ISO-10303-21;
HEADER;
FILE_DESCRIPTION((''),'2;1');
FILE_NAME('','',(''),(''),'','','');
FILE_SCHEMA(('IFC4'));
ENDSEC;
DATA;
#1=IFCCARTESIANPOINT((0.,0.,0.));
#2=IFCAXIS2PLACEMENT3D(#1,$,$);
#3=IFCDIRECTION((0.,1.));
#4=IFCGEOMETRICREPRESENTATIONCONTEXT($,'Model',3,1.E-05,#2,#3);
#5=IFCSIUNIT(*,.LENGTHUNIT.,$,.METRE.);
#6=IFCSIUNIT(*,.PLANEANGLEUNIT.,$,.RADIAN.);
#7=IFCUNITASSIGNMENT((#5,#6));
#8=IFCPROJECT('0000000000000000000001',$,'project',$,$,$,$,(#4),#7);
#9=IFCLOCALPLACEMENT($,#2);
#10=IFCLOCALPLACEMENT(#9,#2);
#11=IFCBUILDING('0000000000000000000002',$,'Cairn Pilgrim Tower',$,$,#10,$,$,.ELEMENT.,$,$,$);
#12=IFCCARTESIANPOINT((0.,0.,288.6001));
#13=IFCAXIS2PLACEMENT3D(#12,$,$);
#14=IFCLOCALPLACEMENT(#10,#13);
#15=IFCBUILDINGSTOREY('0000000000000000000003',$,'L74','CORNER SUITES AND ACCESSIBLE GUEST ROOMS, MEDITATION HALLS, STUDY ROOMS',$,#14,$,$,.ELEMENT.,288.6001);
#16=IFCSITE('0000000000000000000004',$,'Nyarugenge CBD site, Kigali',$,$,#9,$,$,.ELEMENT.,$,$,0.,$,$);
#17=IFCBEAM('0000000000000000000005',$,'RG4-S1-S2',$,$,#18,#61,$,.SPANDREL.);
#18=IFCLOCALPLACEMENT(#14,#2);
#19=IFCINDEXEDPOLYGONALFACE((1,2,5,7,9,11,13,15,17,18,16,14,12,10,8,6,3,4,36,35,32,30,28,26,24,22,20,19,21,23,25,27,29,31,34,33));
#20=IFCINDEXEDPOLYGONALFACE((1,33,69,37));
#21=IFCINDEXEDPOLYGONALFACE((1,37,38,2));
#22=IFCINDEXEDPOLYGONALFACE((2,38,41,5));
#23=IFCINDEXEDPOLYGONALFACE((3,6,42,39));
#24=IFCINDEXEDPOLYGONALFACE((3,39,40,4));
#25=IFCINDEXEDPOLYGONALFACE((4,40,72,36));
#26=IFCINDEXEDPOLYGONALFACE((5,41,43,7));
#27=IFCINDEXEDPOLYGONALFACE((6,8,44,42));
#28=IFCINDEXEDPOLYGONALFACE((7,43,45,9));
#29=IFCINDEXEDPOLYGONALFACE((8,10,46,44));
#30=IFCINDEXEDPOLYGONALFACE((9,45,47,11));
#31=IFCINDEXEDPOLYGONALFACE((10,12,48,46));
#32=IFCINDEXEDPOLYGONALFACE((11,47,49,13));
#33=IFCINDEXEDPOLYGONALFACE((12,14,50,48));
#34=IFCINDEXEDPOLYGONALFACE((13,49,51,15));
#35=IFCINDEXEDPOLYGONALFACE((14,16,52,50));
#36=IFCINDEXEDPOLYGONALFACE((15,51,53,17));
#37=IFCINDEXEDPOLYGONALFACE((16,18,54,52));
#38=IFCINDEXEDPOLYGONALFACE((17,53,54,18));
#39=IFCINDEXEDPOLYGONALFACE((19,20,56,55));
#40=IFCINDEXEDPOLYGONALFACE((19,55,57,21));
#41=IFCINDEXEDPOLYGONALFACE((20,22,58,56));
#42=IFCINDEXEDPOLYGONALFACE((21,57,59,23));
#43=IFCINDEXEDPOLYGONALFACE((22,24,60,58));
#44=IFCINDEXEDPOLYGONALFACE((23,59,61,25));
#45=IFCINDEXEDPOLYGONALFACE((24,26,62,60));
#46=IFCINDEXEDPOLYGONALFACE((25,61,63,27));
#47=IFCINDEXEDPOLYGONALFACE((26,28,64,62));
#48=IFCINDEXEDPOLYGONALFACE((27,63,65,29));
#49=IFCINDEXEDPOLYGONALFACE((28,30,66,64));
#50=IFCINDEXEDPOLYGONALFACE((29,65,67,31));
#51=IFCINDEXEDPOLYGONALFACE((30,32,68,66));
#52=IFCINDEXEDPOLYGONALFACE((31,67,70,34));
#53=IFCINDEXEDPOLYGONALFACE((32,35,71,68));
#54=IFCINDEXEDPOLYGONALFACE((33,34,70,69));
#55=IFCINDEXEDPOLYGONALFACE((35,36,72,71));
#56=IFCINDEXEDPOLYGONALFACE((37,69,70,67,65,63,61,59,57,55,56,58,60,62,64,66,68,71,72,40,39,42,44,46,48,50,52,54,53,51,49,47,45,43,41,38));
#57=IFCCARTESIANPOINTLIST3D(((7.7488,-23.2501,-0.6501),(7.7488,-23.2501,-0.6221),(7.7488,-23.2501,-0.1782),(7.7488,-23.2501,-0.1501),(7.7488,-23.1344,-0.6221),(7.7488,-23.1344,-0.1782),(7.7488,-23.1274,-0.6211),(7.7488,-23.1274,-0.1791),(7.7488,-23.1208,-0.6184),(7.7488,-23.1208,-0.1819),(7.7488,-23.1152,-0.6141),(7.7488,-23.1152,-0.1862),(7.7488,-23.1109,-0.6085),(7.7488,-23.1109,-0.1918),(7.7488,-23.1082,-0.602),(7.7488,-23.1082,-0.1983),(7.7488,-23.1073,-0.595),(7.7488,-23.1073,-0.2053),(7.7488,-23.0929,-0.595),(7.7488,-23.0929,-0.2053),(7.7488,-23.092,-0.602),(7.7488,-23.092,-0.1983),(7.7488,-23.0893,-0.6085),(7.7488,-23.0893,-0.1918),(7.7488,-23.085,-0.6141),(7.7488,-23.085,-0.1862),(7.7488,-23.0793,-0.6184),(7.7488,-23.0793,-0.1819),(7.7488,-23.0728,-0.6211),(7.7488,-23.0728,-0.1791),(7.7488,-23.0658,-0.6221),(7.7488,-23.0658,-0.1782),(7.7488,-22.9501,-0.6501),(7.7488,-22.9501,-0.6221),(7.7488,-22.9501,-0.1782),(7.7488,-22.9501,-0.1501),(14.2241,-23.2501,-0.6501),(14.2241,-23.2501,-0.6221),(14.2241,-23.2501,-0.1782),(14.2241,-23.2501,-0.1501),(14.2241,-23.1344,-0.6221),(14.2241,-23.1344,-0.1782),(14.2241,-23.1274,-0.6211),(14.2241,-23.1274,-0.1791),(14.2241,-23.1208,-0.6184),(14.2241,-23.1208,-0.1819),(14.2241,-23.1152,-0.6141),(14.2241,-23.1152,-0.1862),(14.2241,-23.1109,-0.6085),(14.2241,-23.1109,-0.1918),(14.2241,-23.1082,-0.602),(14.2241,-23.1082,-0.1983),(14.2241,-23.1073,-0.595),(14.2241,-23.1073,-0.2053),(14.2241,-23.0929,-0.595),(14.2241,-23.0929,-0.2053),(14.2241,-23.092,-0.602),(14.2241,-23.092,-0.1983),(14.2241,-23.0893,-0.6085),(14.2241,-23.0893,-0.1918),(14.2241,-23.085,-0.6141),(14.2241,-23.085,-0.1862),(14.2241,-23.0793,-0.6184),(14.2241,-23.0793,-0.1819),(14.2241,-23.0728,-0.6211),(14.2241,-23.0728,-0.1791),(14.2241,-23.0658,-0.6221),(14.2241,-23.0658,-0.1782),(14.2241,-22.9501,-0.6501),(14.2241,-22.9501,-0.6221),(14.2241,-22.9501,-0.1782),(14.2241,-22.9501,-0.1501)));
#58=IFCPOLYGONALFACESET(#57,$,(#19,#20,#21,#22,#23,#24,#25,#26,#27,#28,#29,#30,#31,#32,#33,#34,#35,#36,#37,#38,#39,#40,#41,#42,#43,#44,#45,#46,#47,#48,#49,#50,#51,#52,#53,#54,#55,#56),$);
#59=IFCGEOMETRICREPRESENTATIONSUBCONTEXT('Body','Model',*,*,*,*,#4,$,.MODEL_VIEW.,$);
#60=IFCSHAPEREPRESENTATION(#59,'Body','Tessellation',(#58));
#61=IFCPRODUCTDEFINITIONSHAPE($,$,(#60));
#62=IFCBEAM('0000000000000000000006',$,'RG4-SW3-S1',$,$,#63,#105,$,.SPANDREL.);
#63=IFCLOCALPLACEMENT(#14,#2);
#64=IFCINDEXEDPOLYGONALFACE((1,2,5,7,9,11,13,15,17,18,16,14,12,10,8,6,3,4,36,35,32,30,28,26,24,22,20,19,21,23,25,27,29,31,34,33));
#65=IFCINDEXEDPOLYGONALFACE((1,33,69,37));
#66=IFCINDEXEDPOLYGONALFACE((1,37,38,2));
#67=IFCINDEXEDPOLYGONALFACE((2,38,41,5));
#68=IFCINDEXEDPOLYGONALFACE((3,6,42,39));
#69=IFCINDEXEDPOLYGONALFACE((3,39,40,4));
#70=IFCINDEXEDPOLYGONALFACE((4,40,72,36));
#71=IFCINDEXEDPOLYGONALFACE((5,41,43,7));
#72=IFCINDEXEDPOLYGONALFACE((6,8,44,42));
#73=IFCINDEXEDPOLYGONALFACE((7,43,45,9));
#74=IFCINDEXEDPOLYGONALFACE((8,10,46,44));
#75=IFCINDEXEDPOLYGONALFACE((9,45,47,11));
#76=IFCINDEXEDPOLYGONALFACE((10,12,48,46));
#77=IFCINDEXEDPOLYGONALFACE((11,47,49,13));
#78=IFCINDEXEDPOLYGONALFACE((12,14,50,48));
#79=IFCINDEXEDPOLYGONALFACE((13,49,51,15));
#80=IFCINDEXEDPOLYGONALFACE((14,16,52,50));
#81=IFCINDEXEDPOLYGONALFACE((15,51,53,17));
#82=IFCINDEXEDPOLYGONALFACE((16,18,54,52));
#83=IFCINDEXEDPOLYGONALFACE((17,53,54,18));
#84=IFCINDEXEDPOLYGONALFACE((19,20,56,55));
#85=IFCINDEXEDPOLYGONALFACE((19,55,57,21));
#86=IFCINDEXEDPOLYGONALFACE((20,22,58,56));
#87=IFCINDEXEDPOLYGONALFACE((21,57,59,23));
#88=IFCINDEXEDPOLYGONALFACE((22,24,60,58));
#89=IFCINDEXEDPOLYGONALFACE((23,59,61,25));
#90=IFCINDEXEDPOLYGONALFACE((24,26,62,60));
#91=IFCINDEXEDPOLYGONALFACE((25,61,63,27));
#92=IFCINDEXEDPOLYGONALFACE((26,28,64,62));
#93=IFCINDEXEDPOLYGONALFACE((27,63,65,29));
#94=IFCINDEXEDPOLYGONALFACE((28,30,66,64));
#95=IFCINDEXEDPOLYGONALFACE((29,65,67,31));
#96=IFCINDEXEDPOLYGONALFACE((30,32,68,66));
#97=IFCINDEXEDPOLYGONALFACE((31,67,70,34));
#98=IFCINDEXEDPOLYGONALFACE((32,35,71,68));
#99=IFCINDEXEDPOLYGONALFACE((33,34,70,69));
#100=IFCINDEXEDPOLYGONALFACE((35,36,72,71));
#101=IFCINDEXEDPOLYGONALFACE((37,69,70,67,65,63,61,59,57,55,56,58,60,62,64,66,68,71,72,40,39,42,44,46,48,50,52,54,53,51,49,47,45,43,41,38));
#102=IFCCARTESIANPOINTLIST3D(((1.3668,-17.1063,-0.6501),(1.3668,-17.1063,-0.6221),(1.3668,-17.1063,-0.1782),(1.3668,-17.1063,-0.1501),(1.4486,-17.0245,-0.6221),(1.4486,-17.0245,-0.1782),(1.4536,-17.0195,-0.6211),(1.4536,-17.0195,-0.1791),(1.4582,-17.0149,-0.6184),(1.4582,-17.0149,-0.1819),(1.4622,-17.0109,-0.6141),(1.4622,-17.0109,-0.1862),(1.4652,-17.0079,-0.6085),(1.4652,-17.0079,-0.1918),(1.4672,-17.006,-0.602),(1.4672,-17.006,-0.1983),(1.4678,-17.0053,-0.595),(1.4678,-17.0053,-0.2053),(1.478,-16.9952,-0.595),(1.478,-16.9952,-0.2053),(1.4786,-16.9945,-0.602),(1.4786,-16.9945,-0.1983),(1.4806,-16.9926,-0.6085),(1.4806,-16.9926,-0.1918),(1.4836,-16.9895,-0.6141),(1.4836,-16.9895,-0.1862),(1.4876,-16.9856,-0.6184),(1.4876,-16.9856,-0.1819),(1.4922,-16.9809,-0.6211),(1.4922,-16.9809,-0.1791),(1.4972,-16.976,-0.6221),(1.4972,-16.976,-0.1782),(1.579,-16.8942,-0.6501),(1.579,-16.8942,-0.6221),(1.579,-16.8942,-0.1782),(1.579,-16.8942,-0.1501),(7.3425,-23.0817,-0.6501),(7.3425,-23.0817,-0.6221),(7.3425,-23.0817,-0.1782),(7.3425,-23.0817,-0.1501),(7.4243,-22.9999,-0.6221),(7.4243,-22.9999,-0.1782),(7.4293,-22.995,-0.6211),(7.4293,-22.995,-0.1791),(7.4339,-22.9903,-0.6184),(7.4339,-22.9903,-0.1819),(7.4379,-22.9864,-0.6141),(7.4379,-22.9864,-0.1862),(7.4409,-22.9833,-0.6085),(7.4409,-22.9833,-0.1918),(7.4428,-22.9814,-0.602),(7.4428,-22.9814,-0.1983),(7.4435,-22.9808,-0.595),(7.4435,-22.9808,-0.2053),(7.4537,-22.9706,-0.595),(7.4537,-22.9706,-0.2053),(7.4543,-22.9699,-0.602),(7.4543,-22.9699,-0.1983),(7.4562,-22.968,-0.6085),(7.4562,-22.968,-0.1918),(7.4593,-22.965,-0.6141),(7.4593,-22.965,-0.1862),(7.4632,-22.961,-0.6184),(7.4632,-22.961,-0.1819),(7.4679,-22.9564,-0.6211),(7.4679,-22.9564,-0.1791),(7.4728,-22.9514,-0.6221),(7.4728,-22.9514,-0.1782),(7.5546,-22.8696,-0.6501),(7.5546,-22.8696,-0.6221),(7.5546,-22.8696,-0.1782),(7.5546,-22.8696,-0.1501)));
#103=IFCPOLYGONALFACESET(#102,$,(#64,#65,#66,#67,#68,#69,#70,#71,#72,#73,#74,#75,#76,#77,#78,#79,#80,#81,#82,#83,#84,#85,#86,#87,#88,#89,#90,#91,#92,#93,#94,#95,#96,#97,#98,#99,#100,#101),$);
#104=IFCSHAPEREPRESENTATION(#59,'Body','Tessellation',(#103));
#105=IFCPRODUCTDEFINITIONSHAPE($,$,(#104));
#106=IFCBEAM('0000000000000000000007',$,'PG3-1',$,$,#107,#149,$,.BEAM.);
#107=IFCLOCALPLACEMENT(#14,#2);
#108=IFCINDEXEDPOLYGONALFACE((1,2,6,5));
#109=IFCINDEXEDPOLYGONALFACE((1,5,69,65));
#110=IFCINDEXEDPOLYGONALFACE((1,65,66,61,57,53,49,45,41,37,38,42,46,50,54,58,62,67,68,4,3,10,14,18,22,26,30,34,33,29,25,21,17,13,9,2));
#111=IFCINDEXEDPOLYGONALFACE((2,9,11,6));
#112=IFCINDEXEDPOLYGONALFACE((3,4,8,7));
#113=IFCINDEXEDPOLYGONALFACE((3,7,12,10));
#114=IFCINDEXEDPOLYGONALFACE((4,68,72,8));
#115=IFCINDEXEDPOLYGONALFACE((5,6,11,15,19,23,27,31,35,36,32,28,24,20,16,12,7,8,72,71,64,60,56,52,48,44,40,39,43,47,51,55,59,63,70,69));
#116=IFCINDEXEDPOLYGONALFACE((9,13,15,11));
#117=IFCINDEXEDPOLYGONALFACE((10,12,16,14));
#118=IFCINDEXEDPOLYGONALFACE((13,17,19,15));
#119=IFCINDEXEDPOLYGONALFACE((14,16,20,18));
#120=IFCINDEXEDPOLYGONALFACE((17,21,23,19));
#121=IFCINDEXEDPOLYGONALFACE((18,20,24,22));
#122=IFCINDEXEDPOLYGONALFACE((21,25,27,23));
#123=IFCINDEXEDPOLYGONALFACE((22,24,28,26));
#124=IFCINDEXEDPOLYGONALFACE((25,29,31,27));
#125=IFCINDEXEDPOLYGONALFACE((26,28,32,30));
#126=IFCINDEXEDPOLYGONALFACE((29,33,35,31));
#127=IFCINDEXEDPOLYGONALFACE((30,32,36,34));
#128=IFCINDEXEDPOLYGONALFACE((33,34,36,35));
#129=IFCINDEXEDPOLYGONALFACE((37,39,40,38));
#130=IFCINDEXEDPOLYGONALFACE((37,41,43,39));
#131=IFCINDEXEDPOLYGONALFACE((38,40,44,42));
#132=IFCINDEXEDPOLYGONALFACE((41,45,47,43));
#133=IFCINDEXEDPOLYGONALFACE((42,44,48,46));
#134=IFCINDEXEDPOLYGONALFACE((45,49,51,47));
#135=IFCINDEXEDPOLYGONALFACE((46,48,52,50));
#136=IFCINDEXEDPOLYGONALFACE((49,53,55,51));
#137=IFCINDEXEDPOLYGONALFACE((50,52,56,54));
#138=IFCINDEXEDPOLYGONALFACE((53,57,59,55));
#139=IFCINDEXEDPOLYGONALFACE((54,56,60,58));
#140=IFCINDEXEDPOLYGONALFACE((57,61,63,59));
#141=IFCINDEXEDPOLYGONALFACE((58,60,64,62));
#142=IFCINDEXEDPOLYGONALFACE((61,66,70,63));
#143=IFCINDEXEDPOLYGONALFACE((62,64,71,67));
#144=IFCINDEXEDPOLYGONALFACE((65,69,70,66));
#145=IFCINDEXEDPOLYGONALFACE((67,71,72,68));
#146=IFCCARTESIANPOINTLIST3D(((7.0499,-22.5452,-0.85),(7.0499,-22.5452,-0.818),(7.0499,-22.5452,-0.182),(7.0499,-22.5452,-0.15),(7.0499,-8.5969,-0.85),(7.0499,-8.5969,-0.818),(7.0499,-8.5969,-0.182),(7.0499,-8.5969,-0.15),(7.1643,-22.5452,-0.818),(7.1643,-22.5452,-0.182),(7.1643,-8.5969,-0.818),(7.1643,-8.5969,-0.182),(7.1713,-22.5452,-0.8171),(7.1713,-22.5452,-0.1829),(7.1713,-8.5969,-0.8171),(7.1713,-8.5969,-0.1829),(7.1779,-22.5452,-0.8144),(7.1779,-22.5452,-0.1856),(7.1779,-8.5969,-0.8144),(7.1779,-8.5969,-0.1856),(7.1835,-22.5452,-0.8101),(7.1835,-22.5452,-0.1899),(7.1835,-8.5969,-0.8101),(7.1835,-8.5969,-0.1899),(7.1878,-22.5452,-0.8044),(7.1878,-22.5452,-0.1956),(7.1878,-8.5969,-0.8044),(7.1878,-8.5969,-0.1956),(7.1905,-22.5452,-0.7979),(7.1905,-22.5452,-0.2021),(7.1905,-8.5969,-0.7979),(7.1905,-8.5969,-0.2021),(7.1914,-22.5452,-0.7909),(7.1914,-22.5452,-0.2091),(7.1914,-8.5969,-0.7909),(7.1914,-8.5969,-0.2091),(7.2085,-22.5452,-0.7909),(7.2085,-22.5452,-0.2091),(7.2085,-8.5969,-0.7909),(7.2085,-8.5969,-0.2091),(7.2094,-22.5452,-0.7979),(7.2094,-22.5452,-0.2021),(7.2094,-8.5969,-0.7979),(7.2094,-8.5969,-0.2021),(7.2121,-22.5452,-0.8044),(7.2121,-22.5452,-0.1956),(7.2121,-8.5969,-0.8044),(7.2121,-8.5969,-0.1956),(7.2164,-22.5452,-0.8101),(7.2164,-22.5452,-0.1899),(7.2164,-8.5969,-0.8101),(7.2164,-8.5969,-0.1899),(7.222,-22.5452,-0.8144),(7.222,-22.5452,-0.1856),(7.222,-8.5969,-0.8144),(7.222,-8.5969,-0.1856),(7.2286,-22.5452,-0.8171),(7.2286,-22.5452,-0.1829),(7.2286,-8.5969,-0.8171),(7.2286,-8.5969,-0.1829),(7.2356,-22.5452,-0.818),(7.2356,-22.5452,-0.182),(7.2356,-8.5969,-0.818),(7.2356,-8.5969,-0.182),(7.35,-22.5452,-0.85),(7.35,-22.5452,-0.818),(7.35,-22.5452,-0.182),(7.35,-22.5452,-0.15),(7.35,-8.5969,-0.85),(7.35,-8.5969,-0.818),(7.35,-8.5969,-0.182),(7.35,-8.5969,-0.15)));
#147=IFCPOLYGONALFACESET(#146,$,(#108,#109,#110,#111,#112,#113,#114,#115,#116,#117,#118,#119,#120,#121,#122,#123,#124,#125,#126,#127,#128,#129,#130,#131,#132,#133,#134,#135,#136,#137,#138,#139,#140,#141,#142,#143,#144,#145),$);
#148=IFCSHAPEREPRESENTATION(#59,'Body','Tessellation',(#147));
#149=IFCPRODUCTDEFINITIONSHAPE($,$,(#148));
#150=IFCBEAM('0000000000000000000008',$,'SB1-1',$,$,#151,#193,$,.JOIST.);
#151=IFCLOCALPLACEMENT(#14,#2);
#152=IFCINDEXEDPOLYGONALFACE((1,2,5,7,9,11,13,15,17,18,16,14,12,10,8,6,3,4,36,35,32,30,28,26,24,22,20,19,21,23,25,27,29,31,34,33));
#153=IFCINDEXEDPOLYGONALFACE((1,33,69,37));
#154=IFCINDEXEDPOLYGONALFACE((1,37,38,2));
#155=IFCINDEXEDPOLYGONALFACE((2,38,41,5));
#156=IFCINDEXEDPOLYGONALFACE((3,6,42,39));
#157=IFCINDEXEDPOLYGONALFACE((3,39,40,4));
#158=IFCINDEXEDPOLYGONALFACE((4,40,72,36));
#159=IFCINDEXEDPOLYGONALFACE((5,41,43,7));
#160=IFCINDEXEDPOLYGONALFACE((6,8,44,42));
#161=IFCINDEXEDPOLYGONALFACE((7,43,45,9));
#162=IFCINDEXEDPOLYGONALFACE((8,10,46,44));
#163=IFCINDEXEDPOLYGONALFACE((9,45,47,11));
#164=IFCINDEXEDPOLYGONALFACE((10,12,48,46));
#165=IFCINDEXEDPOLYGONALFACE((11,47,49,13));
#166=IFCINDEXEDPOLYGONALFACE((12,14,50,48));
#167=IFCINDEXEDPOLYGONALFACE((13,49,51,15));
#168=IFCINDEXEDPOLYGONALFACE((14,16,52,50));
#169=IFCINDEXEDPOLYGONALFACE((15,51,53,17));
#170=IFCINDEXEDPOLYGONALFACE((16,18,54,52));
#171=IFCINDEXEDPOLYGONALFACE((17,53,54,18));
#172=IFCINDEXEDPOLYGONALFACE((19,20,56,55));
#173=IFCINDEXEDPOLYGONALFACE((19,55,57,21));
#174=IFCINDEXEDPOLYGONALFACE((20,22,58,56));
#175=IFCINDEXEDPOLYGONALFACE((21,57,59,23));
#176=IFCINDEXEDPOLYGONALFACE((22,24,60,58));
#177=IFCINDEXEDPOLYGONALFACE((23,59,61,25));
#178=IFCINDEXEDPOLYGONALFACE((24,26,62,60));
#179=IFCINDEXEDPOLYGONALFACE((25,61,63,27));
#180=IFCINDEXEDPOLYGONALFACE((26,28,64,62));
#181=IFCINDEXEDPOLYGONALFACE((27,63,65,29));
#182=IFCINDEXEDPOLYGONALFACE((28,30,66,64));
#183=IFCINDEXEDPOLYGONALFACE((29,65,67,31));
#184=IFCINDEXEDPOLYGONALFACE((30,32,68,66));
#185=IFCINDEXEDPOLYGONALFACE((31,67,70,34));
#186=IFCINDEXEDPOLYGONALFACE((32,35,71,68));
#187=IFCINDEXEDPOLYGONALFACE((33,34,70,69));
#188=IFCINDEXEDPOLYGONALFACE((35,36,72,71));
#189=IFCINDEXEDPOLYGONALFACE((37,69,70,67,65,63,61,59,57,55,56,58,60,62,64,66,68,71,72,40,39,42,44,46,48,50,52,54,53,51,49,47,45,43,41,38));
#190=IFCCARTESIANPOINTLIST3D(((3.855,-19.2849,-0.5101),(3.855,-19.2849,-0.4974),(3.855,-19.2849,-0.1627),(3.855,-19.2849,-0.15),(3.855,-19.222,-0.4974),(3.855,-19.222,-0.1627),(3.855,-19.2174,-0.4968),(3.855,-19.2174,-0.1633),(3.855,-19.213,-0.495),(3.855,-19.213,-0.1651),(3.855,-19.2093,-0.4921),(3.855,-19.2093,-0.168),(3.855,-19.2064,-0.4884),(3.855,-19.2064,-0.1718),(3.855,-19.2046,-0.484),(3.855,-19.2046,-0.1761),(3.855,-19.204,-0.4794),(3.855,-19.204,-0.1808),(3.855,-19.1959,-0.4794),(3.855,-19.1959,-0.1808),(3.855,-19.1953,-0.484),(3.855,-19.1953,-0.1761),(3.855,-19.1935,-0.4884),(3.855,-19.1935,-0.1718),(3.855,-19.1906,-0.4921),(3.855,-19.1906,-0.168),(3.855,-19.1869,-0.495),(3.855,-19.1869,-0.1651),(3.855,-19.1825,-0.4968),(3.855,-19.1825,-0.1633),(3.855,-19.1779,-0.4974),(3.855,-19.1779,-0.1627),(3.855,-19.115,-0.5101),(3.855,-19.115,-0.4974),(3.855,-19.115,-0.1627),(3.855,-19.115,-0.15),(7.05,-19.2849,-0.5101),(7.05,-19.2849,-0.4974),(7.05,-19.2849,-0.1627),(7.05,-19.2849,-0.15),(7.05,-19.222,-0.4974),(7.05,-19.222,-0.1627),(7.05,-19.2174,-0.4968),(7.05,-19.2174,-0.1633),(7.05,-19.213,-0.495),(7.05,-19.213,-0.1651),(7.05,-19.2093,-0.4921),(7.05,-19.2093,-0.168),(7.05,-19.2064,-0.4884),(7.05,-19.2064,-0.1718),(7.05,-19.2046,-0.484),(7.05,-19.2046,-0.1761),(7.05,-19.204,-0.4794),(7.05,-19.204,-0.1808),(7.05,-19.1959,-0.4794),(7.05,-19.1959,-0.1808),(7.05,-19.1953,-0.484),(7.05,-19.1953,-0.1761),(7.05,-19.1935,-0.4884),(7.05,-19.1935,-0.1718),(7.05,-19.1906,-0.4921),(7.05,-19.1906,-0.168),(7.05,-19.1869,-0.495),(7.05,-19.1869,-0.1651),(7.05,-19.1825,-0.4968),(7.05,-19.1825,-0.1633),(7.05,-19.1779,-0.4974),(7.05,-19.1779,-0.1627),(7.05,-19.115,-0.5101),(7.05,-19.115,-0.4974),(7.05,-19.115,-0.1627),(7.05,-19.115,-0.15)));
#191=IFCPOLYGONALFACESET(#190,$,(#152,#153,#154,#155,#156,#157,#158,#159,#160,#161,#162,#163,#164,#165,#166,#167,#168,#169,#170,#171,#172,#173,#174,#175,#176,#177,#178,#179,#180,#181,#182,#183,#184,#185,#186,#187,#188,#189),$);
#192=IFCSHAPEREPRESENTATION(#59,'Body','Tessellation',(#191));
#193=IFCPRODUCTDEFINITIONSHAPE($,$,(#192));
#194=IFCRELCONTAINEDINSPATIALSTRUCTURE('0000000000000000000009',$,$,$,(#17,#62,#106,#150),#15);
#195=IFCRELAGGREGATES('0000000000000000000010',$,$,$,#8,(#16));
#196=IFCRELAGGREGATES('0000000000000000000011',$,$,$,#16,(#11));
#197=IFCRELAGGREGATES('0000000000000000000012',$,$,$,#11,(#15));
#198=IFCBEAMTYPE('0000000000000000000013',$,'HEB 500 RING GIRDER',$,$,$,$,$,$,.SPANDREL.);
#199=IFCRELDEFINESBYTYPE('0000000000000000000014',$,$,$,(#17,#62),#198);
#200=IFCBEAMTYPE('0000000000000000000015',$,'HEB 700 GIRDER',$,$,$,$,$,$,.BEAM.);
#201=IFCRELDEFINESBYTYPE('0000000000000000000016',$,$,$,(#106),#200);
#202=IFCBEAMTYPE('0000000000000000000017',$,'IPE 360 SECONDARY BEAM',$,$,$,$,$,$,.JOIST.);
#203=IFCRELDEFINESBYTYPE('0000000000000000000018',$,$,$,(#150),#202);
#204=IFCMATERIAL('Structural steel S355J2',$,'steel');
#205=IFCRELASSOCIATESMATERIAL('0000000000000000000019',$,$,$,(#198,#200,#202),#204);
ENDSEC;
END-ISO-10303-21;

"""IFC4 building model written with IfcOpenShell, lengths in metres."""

from ifc_helpers import new_model, si_unit, direction, frame, origin, origin_2d, place, context, subcontext, project, spatial, i_section, extrude, material, material_profile, profile_set, type_object, element, save


model = new_model("IFC4")

# Units and contexts
model_context = context("Model", 3, precision=1e-05, world=origin(), true_north=direction((0.0, 1.0)))
body_context = subcontext(model_context, "Body", "Model", "MODEL_VIEW")
ifc_project = project(units=[si_unit("LENGTHUNIT", "METRE"), si_unit("PLANEANGLEUNIT", "RADIAN")], contexts=[model_context])

# Site, building, storey
site_placement = place(None, origin())
site = spatial("IfcSite", under=ifc_project, at=site_placement, Name="Nyarugenge CBD site, Kigali", CompositionType="ELEMENT", RefElevation=0.0)
building_placement = place(site_placement, origin())
building = spatial("IfcBuilding", under=site, at=building_placement, Name="Cairn Pilgrim Tower", CompositionType="ELEMENT")
storey_placement = place(building_placement, frame((0.0, 0.0, 288.6001)))
storey = spatial("IfcBuildingStorey", under=building, at=storey_placement, Name="L74", Description="CORNER SUITES AND ACCESSIBLE GUEST ROOMS, MEDITATION HALLS, STUDY ROOMS", CompositionType="ELEMENT", Elevation=288.6001)

# Shared definitions
ifc_material_1 = material(Name="Structural steel S355J2", Category="steel")

# Beams
ifc_material_profile_1 = material_profile(ifc_material_1, i_section(OverallWidth=0.3, OverallDepth=0.5, WebThickness=0.0144, FlangeThickness=0.0281, FilletRadius=0.0271, at=origin_2d()), Name="HEB 500")
ifc_profile_set_1 = profile_set([ifc_material_profile_1], Name="Structural steel S355J2")
beam_type_1 = type_object("IfcBeamType", Name="HEB 500 RING GIRDER", PredefinedType="SPANDREL", material=ifc_profile_set_1)
beam_1_placement = place(storey_placement, frame((7.7488, -23.1001, -0.4001), z_axis=(1.0, 0.0, 0.0), x_axis=(0.0, 1.0, 0.0)))
element("IfcBeam", 1, at=beam_1_placement, inside=storey, type_object=beam_type_1, Name="RG4-S1-S2", PredefinedType="SPANDREL", context=body_context, shape_type="SweptSolid", body=[
    extrude(i_section(OverallWidth=0.3, OverallDepth=0.5, WebThickness=0.0144, FlangeThickness=0.0281, FilletRadius=0.0271, at=origin_2d()), origin(), (0.0, 0.0, 1.0), 6.4753),
])
beam_2_placement = place(storey_placement, frame((1.4729, -17.0002, -0.4001), z_axis=(0.707121, -0.707092, 0.0), x_axis=(0.707092, 0.707121, 0.0)))
element("IfcBeam", 2, at=beam_2_placement, inside=storey, type_object=beam_type_1, Name="RG4-SW3-S1", PredefinedType="SPANDREL", context=body_context, shape_type="SweptSolid", body=[
    extrude(i_section(OverallWidth=0.3, OverallDepth=0.5, WebThickness=0.0144, FlangeThickness=0.0281, FilletRadius=0.0271, at=origin_2d()), origin(), (0.0, 0.0, 1.0), 8.4507),
])
ifc_material_profile_2 = material_profile(ifc_material_1, i_section(OverallWidth=0.3, OverallDepth=0.7, WebThickness=0.0171, FlangeThickness=0.032, FilletRadius=0.0271, at=origin_2d()), Name="HEB 700")
ifc_profile_set_2 = profile_set([ifc_material_profile_2], Name="Structural steel S355J2")
beam_type_2 = type_object("IfcBeamType", Name="HEB 700 GIRDER", PredefinedType="BEAM", material=ifc_profile_set_2)
beam_3_placement = place(storey_placement, frame((7.2, -22.5452, -0.5), z_axis=(0.0, 1.0, 0.0), x_axis=(-1.0, 0.0, 0.0)))
element("IfcBeam", 3, at=beam_3_placement, inside=storey, type_object=beam_type_2, Name="PG3-1", PredefinedType="BEAM", context=body_context, shape_type="SweptSolid", body=[
    extrude(i_section(OverallWidth=0.3, OverallDepth=0.7, WebThickness=0.0171, FlangeThickness=0.032, FilletRadius=0.0271, at=origin_2d()), origin(), (0.0, 0.0, 1.0), 13.9482),
])
ifc_material_profile_3 = material_profile(ifc_material_1, i_section(OverallWidth=0.1699, OverallDepth=0.3601, WebThickness=0.0081, FlangeThickness=0.0127, FilletRadius=0.0181, at=origin_2d()), Name="IPE 360")
ifc_profile_set_3 = profile_set([ifc_material_profile_3], Name="Structural steel S355J2")
beam_type_3 = type_object("IfcBeamType", Name="IPE 360 SECONDARY BEAM", PredefinedType="JOIST", material=ifc_profile_set_3)
beam_4_placement = place(storey_placement, frame((3.855, -19.2, -0.3301), z_axis=(1.0, 0.0, 0.0), x_axis=(0.0, 1.0, 0.0)))
element("IfcBeam", 4, at=beam_4_placement, inside=storey, type_object=beam_type_3, Name="SB1-1", PredefinedType="JOIST", context=body_context, shape_type="SweptSolid", body=[
    extrude(i_section(OverallWidth=0.1699, OverallDepth=0.3601, WebThickness=0.0081, FlangeThickness=0.0127, FilletRadius=0.0181, at=origin_2d()), origin(), (0.0, 0.0, 1.0), 3.1951),
])

save(model, "model.ifc")
